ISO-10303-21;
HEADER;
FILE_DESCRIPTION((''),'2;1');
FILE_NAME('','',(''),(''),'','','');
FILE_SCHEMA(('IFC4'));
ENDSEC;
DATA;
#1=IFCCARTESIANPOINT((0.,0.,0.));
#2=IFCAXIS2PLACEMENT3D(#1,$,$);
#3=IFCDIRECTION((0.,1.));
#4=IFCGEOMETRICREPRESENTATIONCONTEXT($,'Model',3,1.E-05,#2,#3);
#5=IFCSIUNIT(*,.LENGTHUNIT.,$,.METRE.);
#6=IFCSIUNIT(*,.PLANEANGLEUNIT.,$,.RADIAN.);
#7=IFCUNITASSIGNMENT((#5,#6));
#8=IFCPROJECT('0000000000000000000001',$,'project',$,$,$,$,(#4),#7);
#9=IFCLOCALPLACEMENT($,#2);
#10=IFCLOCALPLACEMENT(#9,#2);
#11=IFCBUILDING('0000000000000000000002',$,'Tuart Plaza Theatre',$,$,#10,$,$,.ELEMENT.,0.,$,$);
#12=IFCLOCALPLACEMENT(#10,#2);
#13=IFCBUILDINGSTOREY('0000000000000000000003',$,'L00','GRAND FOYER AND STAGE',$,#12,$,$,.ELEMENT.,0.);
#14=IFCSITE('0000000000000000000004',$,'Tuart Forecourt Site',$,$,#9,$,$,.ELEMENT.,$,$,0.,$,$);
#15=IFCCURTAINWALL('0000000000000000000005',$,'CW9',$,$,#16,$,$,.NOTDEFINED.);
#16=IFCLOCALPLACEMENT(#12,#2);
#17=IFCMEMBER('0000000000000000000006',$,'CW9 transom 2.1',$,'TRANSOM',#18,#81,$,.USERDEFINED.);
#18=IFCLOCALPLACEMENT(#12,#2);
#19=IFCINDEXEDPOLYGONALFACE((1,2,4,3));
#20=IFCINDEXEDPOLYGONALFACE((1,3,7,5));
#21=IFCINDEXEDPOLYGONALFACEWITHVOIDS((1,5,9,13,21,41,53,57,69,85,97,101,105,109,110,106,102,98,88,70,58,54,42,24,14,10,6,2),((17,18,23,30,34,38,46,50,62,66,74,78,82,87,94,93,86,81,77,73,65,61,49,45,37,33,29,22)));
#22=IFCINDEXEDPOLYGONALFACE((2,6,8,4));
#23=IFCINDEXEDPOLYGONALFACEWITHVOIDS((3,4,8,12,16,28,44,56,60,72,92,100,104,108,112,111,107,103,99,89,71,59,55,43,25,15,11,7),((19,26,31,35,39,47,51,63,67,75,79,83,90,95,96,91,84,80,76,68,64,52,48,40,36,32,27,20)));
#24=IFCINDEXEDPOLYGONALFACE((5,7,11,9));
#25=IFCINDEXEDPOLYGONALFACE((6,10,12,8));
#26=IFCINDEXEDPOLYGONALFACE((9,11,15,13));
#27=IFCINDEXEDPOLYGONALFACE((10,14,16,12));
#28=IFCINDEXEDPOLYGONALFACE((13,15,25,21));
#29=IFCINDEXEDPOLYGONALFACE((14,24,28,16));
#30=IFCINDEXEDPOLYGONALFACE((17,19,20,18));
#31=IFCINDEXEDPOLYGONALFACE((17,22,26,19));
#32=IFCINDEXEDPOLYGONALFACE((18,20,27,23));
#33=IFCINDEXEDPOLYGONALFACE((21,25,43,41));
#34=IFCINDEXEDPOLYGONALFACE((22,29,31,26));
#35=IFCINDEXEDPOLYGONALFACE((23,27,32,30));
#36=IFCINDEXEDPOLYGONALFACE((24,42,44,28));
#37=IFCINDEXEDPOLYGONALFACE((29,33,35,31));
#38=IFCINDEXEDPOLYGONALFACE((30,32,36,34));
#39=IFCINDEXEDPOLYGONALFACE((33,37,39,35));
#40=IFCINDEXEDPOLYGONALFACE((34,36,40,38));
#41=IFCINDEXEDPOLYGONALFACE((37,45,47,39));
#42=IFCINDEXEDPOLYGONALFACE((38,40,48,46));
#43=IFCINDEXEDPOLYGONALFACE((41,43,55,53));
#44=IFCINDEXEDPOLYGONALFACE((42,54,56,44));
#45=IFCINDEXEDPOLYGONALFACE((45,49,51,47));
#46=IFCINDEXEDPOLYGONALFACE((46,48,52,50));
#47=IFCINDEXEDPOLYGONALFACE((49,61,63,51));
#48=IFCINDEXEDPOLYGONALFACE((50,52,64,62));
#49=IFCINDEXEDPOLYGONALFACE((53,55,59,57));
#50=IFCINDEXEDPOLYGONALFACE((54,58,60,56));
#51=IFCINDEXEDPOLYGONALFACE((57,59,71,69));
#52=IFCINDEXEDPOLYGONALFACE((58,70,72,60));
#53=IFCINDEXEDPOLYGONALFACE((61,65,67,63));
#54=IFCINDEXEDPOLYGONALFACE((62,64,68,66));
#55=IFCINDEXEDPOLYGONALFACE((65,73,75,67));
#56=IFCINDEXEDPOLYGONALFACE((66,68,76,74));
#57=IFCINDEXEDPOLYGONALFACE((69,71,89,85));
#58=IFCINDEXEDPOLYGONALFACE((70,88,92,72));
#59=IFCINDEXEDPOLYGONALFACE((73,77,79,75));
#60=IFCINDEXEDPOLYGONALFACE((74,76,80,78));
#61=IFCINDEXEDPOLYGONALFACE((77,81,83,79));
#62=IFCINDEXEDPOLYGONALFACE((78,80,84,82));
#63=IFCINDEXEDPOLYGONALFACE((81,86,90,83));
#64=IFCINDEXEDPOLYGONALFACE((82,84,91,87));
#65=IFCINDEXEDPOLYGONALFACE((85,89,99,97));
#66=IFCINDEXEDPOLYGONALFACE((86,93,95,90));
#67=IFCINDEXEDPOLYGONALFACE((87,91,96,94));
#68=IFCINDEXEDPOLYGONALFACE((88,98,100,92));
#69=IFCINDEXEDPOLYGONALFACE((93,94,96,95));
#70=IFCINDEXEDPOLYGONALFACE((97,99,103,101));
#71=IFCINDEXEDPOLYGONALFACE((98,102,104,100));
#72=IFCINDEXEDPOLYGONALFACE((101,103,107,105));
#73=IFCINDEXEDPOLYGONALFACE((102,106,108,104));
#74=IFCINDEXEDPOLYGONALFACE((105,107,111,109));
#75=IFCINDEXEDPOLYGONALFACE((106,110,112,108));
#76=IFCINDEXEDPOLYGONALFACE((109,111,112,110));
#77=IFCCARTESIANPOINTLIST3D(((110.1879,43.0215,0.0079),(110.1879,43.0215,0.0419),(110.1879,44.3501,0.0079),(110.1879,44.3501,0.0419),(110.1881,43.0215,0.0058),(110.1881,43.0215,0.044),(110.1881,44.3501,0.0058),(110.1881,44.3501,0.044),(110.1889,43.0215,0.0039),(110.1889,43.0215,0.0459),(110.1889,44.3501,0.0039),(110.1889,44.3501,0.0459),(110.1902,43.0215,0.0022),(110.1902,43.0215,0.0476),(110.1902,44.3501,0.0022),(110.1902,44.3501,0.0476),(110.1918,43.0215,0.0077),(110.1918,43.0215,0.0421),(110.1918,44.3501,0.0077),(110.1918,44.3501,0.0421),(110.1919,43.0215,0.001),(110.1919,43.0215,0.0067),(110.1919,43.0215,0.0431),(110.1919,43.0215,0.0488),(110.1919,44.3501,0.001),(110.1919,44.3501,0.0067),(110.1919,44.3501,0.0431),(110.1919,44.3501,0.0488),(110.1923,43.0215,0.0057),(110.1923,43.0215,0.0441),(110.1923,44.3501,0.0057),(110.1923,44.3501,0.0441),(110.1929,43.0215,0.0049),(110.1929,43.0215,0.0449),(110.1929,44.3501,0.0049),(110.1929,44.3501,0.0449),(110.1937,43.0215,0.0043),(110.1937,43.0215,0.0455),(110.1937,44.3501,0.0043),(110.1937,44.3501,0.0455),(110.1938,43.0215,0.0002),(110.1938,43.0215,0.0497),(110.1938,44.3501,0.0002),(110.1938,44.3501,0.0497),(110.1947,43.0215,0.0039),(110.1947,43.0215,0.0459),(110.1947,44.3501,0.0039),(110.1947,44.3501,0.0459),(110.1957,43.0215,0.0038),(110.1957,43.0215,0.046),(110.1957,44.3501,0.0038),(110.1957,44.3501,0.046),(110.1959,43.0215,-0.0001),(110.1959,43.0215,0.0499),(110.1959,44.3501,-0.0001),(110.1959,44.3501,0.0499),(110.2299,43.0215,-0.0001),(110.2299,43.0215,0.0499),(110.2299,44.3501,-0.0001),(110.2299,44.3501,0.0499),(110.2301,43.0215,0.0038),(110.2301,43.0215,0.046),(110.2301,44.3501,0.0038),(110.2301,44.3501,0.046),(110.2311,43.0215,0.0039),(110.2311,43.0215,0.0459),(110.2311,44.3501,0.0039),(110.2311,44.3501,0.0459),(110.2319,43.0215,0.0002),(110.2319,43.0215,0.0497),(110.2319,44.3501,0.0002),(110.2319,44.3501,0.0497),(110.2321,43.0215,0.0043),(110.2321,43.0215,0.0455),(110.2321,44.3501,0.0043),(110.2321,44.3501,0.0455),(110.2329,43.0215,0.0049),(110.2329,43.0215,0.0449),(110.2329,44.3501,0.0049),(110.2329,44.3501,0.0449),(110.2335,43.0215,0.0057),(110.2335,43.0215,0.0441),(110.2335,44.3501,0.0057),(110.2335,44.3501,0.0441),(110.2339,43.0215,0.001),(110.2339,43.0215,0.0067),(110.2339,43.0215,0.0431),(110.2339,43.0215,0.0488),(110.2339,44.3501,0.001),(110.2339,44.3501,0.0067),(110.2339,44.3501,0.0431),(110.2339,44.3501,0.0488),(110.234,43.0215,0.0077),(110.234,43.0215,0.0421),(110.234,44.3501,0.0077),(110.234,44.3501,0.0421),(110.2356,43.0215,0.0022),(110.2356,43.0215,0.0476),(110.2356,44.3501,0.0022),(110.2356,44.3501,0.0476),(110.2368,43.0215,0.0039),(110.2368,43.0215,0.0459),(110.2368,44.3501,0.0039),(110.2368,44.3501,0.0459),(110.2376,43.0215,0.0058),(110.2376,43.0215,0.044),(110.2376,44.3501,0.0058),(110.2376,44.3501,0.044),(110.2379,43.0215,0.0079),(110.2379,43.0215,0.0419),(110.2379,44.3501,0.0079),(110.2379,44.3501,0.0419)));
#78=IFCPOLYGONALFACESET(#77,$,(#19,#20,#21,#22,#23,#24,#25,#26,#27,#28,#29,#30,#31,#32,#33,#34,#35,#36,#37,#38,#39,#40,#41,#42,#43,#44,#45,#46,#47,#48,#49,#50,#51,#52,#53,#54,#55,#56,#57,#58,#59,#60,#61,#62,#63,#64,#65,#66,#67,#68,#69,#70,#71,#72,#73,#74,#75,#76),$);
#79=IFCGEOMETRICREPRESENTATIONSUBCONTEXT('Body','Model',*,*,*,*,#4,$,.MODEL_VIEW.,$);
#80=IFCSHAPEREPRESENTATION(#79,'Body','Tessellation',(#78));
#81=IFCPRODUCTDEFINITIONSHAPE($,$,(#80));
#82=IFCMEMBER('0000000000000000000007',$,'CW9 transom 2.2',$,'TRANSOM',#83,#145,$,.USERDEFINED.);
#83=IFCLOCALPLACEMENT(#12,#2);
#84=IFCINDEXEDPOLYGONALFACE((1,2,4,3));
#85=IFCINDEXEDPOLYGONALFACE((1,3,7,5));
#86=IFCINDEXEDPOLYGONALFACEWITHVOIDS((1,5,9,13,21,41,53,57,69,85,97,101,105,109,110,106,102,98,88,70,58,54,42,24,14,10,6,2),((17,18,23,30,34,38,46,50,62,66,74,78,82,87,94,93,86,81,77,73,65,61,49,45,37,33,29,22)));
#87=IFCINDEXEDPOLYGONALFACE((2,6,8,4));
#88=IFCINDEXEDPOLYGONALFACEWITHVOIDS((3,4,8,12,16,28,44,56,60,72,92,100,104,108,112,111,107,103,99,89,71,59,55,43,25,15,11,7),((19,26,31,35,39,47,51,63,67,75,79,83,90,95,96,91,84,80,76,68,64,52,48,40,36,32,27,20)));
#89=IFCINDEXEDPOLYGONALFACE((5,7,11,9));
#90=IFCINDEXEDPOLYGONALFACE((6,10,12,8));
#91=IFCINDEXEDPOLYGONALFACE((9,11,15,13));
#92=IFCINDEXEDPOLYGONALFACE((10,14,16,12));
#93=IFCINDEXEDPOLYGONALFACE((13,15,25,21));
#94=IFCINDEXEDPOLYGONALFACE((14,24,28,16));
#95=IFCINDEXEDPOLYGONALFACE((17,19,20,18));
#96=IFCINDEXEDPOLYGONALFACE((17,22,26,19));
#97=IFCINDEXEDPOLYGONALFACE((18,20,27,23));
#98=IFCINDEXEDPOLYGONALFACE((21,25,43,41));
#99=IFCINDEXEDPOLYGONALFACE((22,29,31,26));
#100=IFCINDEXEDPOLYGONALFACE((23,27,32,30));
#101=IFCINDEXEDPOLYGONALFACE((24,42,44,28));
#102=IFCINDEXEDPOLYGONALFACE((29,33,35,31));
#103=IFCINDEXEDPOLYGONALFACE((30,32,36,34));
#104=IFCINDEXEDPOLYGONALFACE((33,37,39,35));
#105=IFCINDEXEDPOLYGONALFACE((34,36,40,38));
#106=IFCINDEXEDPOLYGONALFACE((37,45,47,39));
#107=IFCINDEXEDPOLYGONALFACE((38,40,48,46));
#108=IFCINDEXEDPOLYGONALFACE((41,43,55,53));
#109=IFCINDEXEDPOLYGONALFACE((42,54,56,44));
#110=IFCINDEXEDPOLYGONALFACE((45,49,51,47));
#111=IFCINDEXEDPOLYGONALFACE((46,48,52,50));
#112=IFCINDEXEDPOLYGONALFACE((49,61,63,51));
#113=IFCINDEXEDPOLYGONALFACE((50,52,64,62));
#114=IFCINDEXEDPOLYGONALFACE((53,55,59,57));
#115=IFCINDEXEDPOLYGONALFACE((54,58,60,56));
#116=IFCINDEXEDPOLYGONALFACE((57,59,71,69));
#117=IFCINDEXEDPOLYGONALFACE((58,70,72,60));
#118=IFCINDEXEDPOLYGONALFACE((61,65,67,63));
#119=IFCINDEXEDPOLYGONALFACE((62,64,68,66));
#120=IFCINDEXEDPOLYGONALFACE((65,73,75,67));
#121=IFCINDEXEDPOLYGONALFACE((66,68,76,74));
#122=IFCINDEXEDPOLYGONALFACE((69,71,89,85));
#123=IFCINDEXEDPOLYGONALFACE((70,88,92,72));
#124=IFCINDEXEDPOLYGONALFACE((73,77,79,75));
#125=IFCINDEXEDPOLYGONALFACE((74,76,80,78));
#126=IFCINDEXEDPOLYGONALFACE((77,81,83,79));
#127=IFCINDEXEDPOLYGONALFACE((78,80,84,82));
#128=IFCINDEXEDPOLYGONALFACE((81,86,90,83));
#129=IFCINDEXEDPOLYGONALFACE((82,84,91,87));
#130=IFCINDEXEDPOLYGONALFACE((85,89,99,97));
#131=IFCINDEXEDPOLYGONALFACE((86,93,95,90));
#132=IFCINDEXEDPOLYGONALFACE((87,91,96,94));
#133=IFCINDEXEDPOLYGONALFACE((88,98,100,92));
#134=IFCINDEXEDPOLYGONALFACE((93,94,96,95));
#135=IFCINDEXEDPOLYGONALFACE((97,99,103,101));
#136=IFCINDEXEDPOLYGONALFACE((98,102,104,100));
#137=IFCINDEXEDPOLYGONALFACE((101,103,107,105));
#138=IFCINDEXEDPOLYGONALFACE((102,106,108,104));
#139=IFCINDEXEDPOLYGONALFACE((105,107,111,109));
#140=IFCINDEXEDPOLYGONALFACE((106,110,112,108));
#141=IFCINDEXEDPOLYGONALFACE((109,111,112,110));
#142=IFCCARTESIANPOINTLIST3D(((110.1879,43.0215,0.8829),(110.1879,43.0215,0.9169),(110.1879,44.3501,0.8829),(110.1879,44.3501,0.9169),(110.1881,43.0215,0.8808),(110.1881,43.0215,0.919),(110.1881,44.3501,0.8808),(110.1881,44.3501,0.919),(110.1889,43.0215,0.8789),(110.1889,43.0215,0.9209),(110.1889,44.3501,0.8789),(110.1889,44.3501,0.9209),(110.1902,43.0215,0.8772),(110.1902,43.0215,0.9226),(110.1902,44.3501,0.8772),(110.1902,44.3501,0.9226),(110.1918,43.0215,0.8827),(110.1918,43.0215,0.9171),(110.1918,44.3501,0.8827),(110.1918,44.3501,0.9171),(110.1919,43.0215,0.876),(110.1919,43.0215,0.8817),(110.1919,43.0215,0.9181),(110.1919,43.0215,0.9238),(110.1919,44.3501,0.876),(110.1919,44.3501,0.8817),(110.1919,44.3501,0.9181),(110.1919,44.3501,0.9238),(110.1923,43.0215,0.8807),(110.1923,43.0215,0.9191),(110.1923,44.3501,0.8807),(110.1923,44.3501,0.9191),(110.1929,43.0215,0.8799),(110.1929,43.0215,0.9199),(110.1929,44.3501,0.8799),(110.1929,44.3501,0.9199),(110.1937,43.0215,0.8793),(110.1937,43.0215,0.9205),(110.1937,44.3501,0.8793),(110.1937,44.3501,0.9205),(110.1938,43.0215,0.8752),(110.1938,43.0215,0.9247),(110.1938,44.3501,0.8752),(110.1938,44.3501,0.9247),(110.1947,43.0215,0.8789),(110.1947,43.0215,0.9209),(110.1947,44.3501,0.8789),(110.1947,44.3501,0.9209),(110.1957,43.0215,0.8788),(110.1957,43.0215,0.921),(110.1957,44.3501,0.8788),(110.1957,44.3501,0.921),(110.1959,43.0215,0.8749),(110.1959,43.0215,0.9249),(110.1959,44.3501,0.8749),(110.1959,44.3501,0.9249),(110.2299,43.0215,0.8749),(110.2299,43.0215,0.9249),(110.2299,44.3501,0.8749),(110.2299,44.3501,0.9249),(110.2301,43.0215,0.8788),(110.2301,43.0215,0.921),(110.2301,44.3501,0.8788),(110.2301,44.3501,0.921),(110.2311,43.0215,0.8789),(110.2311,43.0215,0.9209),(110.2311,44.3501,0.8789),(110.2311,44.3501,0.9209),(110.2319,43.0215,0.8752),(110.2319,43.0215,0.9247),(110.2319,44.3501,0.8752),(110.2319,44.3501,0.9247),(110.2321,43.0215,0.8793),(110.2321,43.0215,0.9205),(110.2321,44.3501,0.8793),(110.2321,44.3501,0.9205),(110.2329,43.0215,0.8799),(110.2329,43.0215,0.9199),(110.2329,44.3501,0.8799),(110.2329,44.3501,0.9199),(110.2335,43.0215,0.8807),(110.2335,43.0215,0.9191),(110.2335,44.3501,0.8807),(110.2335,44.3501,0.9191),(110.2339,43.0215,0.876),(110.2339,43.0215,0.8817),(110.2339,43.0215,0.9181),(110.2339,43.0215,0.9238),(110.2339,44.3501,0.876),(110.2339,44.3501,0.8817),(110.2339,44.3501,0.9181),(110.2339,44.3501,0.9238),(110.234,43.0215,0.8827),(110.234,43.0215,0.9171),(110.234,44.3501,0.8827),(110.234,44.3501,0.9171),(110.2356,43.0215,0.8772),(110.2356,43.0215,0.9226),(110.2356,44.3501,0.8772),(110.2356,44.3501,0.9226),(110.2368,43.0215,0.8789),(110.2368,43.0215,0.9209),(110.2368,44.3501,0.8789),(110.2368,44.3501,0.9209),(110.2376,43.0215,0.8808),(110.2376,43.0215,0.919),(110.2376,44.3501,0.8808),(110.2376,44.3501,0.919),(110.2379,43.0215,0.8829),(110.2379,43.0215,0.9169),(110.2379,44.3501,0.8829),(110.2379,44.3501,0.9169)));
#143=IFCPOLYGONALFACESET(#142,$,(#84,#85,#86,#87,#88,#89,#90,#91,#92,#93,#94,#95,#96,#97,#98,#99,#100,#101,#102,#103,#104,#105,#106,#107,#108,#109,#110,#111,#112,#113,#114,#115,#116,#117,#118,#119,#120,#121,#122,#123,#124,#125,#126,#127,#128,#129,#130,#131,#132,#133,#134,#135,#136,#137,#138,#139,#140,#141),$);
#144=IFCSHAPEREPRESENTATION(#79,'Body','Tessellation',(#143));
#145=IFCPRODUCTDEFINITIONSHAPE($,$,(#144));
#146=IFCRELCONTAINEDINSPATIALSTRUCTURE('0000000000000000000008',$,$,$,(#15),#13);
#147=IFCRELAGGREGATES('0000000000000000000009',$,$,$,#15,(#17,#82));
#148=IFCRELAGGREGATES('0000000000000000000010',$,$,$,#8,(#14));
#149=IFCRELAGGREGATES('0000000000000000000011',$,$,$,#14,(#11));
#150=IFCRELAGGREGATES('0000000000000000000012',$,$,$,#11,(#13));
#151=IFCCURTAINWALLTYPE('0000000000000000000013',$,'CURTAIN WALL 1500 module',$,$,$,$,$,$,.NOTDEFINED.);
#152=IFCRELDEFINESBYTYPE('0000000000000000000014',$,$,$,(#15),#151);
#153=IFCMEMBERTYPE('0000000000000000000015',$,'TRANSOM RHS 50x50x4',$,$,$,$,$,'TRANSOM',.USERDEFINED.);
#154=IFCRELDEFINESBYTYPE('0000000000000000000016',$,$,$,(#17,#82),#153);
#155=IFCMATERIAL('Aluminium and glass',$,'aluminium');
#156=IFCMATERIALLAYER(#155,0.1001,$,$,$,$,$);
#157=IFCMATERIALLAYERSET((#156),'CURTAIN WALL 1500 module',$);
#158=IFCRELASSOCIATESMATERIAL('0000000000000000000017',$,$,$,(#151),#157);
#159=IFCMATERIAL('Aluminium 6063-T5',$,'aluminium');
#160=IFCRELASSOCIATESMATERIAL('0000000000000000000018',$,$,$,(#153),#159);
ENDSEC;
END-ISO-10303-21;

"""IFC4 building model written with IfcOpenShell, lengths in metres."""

from ifc_helpers import new_model, si_unit, direction, frame, origin, origin_2d, place, context, subcontext, project, spatial, hollow_rectangle, extrude, material, layer, layer_set, material_profile, profile_set, type_object, element, aggregate, save


model = new_model("IFC4")

# Units and contexts
model_context = context("Model", 3, precision=1e-05, world=origin(), true_north=direction((0.0, 1.0)))
body_context = subcontext(model_context, "Body", "Model", "MODEL_VIEW")
ifc_project = project(units=[si_unit("LENGTHUNIT", "METRE"), si_unit("PLANEANGLEUNIT", "RADIAN")], contexts=[model_context])

# Site, building, storey
site_placement = place(None, origin())
site = spatial("IfcSite", under=ifc_project, at=site_placement, Name="Tuart Forecourt Site", CompositionType="ELEMENT", RefElevation=0.0)
building_placement = place(site_placement, origin())
building = spatial("IfcBuilding", under=site, at=building_placement, Name="Tuart Plaza Theatre", CompositionType="ELEMENT", ElevationOfRefHeight=0.0)
storey_placement = place(building_placement, origin())
storey = spatial("IfcBuildingStorey", under=building, at=storey_placement, Name="L00", Description="GRAND FOYER AND STAGE", CompositionType="ELEMENT", Elevation=0.0)

# Curtain wall
ifc_material_1 = material(Name="Aluminium and glass", Category="aluminium")
ifc_layer_1 = layer(ifc_material_1, 0.1001)
ifc_layer_set_1 = layer_set([ifc_layer_1], Name="CURTAIN WALL 1500 module")
curtain_wall_type = type_object("IfcCurtainWallType", Name="CURTAIN WALL 1500 module", PredefinedType="NOTDEFINED", material=ifc_layer_set_1)
curtain_wall_1_placement = place(storey_placement, origin())
curtain_wall_1 = element("IfcCurtainWall", 1, at=curtain_wall_1_placement, inside=storey, type_object=curtain_wall_type, Name="CW9", PredefinedType="NOTDEFINED")

# Members
ifc_material_2 = material(Name="Aluminium 6063-T5", Category="aluminium")
ifc_material_profile_1 = material_profile(ifc_material_2, hollow_rectangle(XDim=0.05, YDim=0.05, WallThickness=0.0039, InnerFilletRadius=0.0039, OuterFilletRadius=0.0081, at=origin_2d()), Name="RHS 50x50x4")
ifc_profile_set_1 = profile_set([ifc_material_profile_1], Name="Aluminium 6063-T5")
member_type_1 = type_object("IfcMemberType", Name="TRANSOM RHS 50x50x4", ElementType="TRANSOM", PredefinedType="USERDEFINED", material=ifc_profile_set_1)
member_1_placement = place(storey_placement, frame((110.2129, 43.0215, 0.0249), z_axis=(0.0, 1.0, 0.0), x_axis=(-1.0, 0.0, 0.0)))
member_1 = element("IfcMember", 2, at=member_1_placement, type_object=member_type_1, Name="CW9 transom 2.1", ObjectType="TRANSOM", PredefinedType="USERDEFINED", context=body_context, shape_type="SweptSolid", body=[
    extrude(hollow_rectangle(XDim=0.05, YDim=0.05, WallThickness=0.0039, InnerFilletRadius=0.0039, OuterFilletRadius=0.0081, at=origin_2d()), origin(), (0.0, 0.0, 1.0), 1.3286),
])
member_2_placement = place(storey_placement, frame((110.2129, 43.0215, 0.8999), z_axis=(0.0, 1.0, 0.0), x_axis=(-1.0, 0.0, 0.0)))
member_2 = element("IfcMember", 3, at=member_2_placement, type_object=member_type_1, Name="CW9 transom 2.2", ObjectType="TRANSOM", PredefinedType="USERDEFINED", context=body_context, shape_type="SweptSolid", body=[
    extrude(hollow_rectangle(XDim=0.05, YDim=0.05, WallThickness=0.0039, InnerFilletRadius=0.0039, OuterFilletRadius=0.0081, at=origin_2d()), origin(), (0.0, 0.0, 1.0), 1.3286),
])

aggregate(curtain_wall_1, [member_1, member_2])

save(model, "model.ifc")
